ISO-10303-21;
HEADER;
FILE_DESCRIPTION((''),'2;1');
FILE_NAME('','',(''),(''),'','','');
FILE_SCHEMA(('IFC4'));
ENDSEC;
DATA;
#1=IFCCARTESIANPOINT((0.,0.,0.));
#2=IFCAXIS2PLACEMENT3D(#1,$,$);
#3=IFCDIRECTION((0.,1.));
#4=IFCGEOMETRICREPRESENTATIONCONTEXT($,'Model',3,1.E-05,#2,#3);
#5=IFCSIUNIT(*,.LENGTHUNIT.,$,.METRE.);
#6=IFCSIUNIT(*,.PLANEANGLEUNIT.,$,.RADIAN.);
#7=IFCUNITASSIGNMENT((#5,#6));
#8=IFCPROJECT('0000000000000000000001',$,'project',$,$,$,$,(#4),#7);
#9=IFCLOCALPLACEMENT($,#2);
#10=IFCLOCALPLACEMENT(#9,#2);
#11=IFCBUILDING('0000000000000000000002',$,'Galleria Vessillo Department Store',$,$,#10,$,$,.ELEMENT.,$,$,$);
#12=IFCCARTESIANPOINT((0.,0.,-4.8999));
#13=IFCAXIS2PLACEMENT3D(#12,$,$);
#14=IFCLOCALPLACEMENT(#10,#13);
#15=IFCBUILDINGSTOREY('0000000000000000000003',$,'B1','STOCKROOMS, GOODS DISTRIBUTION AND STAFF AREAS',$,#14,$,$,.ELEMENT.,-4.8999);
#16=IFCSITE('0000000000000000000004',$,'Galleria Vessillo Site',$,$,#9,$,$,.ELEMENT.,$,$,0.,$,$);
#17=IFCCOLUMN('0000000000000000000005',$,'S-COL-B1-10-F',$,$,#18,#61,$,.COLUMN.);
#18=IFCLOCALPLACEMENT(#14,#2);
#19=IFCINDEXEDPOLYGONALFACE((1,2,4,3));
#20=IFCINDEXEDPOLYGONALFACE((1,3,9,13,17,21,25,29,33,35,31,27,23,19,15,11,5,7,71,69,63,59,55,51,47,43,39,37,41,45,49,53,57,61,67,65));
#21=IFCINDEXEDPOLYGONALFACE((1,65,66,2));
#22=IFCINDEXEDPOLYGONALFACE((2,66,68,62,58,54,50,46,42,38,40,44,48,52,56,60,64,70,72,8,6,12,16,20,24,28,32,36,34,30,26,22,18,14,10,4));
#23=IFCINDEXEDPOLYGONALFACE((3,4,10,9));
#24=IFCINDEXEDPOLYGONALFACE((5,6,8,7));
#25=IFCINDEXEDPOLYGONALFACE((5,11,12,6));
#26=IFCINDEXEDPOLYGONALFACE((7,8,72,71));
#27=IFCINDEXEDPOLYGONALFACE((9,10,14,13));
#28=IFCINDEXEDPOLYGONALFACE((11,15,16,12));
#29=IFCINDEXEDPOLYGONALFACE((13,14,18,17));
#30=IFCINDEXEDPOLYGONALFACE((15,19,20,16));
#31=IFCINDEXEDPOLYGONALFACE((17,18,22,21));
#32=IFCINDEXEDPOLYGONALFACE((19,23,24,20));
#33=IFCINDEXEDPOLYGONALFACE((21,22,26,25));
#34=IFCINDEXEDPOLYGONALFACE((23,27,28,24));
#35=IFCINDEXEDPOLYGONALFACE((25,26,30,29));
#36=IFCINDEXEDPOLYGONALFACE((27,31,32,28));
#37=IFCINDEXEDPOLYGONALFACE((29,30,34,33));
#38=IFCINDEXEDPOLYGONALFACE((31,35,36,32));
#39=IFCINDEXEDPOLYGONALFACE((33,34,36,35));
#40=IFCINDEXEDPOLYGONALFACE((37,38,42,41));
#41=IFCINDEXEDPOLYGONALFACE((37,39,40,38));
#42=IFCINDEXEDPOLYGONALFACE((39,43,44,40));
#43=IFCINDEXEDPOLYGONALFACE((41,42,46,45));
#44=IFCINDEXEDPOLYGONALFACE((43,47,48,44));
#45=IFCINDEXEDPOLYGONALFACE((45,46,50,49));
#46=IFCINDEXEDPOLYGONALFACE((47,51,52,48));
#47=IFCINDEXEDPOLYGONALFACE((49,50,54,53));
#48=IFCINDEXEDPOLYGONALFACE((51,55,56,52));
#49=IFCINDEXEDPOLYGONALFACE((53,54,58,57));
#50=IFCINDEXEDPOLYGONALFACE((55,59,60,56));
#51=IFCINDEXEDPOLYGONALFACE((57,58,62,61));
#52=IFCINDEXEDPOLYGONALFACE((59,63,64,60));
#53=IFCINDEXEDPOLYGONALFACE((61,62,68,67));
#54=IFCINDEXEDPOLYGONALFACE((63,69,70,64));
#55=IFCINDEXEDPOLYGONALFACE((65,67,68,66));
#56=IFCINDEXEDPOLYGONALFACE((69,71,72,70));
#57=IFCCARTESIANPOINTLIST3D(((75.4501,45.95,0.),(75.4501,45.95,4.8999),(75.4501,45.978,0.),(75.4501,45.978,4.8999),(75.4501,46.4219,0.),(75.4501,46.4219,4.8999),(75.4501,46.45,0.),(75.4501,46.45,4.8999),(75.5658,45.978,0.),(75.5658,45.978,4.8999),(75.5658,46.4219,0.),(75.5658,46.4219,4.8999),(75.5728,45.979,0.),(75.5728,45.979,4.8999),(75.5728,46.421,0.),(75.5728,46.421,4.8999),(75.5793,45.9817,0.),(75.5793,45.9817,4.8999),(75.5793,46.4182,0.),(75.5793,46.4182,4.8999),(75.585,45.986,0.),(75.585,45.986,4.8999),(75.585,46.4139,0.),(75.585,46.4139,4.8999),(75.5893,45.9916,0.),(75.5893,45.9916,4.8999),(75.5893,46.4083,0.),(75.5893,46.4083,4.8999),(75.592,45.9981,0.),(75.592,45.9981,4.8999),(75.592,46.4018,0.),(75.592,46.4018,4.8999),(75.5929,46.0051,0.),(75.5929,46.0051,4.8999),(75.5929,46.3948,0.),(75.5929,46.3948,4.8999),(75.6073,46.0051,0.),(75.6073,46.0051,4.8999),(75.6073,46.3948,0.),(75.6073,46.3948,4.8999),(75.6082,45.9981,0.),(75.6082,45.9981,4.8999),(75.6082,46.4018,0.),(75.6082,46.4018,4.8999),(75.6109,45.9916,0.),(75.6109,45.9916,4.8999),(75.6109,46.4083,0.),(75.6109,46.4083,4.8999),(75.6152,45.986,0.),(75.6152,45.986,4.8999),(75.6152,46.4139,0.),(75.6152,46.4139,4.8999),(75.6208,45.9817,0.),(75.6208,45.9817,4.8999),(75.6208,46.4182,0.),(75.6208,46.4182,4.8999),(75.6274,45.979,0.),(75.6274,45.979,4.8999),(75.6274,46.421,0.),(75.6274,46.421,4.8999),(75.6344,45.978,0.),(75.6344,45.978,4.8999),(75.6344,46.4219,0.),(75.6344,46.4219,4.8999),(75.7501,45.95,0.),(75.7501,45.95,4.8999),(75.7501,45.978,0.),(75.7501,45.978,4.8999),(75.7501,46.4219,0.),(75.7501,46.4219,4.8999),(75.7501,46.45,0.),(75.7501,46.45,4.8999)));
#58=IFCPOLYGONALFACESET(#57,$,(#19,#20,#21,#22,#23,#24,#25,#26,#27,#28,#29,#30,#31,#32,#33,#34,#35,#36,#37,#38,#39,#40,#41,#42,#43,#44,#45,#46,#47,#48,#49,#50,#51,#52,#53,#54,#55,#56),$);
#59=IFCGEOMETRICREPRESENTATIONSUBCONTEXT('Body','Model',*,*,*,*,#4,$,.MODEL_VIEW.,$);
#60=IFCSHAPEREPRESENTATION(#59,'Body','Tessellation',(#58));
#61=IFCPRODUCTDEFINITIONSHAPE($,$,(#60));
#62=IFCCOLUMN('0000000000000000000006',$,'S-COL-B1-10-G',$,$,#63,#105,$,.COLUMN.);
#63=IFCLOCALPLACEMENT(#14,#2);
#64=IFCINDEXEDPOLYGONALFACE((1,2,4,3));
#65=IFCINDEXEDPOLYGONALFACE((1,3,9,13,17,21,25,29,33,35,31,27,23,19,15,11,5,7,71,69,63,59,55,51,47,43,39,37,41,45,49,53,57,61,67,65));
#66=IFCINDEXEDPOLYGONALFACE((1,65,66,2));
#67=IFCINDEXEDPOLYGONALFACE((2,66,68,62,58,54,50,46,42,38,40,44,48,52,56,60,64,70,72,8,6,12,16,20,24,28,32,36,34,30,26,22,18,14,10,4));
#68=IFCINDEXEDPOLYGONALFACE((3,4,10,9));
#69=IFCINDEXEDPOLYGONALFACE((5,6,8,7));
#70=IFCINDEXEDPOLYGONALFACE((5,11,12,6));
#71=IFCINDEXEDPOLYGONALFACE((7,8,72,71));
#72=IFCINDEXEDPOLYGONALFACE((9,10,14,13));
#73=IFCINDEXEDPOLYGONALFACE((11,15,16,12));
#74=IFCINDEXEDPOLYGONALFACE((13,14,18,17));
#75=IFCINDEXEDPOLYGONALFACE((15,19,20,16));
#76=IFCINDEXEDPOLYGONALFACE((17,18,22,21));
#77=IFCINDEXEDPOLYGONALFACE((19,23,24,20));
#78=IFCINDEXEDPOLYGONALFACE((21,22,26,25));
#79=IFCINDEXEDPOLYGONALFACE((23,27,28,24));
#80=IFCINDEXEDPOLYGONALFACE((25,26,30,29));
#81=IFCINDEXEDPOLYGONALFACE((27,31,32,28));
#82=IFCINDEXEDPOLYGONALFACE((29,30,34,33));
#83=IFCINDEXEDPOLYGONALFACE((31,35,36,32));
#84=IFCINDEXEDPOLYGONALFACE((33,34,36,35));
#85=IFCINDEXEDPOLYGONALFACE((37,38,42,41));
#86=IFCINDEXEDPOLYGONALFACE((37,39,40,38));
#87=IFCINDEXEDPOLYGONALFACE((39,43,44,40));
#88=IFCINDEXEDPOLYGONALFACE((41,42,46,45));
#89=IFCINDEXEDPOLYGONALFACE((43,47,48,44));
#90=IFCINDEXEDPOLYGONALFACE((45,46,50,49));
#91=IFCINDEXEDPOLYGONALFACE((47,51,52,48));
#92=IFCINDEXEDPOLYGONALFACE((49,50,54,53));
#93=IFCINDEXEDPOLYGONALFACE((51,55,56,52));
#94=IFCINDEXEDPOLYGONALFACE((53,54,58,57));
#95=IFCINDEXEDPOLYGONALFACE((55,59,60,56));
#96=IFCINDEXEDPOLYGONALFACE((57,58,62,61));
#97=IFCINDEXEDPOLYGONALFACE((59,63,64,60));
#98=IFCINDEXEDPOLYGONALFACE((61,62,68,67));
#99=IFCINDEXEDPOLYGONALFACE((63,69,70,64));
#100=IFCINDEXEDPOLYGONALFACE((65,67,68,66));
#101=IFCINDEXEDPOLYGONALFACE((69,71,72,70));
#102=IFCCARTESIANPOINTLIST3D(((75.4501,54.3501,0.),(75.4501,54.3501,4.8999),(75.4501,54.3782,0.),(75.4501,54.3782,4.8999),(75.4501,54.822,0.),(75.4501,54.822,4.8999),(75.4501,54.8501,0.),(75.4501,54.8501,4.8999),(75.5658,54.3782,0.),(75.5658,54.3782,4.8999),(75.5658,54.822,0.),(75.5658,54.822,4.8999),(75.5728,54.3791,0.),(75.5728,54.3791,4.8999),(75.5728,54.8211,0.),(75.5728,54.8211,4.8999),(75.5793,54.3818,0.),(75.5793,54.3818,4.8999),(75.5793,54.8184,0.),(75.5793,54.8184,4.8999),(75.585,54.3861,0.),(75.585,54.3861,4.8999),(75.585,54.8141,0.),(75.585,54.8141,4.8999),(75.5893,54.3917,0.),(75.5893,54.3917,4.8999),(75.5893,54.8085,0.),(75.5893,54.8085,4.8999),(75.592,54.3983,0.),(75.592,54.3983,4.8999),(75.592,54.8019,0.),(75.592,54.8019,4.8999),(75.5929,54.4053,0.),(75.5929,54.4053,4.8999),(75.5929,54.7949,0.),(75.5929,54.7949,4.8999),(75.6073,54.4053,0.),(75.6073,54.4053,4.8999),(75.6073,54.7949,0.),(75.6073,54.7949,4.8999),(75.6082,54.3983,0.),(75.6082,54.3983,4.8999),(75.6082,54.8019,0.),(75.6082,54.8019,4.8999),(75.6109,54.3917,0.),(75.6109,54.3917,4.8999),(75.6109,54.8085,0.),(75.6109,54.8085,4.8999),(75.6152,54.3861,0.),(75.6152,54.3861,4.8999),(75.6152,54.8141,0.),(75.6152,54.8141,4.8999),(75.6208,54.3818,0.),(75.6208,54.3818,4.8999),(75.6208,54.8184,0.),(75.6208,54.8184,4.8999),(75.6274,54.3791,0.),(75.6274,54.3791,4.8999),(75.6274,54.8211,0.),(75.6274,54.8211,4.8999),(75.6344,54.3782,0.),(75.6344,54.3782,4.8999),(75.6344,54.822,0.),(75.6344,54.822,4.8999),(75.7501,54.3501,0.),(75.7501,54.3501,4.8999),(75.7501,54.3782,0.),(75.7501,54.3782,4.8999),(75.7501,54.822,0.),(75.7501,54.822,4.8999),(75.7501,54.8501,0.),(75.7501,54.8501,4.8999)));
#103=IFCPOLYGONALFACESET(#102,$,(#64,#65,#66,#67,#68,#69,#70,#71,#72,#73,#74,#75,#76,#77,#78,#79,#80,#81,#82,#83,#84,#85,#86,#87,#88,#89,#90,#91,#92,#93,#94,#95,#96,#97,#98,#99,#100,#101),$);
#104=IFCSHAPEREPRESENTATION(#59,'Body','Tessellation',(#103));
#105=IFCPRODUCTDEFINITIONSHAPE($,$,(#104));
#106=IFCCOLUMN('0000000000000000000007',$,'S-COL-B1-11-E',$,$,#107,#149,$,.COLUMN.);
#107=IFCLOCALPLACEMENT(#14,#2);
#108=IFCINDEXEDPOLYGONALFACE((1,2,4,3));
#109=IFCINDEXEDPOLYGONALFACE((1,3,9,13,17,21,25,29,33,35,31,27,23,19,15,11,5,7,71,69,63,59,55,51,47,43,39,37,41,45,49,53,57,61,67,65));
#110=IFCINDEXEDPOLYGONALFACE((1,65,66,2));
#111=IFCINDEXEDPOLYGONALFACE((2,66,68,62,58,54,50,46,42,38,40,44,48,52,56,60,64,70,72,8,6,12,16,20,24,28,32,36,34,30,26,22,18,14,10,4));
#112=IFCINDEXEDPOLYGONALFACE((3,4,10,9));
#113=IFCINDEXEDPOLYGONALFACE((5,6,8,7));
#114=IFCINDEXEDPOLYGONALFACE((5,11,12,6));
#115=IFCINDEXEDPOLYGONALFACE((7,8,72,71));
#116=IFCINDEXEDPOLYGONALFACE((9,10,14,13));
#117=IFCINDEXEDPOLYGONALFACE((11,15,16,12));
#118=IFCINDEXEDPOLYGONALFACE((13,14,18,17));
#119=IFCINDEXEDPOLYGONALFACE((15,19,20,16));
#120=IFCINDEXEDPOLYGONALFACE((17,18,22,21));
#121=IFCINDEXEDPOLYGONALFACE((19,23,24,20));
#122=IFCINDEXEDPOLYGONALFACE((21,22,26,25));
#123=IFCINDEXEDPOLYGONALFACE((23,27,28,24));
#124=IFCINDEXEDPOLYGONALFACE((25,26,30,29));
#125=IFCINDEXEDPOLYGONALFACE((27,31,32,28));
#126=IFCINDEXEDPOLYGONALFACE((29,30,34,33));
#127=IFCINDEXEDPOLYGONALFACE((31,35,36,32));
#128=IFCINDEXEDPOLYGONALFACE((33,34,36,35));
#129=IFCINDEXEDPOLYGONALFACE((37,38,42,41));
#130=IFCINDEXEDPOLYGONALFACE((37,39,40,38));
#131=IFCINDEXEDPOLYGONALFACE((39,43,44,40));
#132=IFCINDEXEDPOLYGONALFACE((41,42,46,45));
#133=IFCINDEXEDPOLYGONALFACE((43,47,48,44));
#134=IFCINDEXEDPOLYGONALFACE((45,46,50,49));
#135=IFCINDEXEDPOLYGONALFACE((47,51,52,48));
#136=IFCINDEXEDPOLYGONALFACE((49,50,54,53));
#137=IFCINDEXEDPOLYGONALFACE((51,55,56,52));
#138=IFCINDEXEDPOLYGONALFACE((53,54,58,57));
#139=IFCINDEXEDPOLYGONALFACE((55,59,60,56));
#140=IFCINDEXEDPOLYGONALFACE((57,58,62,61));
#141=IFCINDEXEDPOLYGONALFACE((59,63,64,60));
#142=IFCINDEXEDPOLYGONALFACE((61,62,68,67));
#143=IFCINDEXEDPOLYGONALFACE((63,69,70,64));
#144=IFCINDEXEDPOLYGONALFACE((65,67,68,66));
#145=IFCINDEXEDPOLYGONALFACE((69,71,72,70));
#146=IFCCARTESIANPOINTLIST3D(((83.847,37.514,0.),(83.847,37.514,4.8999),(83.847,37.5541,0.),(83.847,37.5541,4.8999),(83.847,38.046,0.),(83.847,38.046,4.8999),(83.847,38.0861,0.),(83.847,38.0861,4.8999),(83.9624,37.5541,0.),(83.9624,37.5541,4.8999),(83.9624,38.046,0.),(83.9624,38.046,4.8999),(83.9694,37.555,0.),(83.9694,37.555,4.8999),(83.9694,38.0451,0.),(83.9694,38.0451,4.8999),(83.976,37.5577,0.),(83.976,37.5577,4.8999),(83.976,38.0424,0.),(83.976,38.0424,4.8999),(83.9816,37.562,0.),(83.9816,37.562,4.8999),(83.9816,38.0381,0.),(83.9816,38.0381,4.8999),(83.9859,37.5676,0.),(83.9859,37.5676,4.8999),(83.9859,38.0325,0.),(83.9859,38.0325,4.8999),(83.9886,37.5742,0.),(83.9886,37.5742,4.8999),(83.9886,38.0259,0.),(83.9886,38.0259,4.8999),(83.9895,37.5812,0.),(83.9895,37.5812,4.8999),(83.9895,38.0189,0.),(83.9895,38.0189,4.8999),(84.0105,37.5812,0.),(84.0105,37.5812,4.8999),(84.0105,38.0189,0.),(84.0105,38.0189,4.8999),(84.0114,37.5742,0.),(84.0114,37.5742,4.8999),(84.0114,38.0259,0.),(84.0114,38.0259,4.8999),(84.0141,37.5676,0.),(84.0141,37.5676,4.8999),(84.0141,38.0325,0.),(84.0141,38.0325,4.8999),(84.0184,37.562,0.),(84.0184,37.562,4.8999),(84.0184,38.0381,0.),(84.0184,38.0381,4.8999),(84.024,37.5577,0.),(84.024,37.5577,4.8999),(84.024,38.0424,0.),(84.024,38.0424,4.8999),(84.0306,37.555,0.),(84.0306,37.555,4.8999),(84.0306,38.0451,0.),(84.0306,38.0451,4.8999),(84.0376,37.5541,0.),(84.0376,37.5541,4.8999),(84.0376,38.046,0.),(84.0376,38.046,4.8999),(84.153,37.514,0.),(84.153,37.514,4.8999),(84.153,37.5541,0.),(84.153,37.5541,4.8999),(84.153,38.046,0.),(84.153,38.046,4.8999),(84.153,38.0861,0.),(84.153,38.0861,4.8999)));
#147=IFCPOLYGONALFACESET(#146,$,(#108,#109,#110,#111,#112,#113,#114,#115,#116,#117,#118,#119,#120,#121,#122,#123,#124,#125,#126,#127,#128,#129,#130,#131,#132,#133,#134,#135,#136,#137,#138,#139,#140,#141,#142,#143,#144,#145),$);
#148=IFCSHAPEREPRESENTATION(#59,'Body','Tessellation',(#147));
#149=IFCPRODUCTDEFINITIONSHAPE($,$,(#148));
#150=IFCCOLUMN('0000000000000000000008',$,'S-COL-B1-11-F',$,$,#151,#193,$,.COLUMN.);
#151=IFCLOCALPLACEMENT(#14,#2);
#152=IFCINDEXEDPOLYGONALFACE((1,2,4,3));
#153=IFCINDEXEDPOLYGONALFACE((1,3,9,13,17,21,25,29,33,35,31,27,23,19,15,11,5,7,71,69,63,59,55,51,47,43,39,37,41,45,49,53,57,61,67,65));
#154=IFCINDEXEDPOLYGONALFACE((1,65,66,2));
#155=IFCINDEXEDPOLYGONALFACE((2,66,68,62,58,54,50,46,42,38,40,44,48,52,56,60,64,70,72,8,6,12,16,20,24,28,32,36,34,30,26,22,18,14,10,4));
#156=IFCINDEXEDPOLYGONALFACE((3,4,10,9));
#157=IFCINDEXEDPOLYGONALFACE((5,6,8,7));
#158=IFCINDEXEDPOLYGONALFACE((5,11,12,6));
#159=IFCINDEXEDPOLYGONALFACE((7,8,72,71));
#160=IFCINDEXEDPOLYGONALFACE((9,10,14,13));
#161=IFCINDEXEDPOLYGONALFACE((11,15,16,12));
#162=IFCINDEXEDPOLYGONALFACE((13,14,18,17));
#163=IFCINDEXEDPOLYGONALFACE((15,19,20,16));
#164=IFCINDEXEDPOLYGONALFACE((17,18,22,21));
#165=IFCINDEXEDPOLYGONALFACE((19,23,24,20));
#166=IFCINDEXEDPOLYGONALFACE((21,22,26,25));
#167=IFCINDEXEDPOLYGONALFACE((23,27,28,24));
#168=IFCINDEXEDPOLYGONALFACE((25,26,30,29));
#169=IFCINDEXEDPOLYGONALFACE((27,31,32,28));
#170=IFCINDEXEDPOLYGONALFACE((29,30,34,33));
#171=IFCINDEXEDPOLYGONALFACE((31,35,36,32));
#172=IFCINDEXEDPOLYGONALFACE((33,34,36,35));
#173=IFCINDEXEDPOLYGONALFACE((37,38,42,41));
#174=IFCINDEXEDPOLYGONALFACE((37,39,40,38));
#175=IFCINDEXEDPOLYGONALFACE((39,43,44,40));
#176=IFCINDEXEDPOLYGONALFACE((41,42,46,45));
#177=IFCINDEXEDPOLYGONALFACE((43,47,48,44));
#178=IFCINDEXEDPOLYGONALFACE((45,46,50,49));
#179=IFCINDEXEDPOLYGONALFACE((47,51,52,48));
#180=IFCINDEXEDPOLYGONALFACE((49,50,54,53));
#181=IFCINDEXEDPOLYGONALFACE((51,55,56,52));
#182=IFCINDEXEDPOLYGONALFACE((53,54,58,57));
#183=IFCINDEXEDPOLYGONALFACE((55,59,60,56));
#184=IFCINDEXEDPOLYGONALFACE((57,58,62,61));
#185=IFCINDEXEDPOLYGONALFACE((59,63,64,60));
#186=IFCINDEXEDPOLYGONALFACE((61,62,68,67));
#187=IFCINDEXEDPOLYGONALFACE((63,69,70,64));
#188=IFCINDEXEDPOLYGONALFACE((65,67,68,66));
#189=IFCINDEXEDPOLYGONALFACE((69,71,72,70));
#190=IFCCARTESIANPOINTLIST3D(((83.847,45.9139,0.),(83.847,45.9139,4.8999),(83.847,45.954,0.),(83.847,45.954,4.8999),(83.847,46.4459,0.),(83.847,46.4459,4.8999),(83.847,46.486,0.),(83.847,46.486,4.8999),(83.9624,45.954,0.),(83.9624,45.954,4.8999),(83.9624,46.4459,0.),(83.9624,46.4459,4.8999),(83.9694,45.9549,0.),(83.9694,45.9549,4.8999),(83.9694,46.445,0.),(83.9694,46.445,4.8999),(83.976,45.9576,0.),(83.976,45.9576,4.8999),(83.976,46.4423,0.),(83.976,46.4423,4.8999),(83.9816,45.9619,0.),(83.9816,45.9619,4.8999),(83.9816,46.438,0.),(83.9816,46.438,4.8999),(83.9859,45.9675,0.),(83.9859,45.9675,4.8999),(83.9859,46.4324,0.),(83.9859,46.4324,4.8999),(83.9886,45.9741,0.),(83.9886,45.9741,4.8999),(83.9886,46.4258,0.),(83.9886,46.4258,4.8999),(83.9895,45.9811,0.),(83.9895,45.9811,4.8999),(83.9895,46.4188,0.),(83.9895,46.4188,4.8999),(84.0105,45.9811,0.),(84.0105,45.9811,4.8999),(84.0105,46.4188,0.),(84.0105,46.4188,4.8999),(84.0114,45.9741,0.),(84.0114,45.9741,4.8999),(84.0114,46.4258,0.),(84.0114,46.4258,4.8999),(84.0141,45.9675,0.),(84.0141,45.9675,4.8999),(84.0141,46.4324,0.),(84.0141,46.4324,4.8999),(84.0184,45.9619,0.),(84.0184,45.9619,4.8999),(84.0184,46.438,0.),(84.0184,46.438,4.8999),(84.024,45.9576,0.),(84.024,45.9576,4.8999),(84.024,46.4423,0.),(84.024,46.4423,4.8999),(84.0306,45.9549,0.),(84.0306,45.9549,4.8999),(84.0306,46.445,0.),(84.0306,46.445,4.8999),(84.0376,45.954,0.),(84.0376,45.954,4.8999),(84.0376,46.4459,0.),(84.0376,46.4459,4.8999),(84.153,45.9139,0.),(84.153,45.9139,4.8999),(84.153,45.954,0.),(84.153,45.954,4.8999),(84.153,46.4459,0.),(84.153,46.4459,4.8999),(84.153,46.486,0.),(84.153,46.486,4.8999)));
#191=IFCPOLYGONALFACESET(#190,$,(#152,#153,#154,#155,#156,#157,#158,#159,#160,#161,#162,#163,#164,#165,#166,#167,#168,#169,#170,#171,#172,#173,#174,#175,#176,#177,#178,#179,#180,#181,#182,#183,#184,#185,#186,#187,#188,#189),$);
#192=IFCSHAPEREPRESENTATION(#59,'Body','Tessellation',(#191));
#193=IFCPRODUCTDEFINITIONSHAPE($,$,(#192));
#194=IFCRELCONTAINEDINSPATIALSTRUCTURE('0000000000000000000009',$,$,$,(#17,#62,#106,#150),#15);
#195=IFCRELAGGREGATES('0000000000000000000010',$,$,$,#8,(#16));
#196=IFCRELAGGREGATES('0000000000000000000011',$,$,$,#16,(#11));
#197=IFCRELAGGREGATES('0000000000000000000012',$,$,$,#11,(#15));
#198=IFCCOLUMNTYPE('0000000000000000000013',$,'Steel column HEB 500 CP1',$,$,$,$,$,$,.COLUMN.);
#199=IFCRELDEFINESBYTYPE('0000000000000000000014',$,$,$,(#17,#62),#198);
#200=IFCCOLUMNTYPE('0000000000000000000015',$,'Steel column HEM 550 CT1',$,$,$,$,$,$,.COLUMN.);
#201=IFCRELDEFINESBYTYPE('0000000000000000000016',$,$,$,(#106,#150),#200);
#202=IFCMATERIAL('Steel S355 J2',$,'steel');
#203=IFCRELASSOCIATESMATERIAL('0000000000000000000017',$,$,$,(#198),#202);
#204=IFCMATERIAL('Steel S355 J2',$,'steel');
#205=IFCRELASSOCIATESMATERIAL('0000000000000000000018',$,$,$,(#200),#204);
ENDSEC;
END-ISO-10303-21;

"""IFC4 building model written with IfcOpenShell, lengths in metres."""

from ifc_helpers import new_model, si_unit, direction, frame, origin, origin_2d, place, context, subcontext, project, spatial, i_section, extrude, material, material_profile, profile_set, type_object, element, save


model = new_model("IFC4")

# Units and contexts
model_context = context("Model", 3, precision=1e-05, world=origin(), true_north=direction((0.0, 1.0)))
body_context = subcontext(model_context, "Body", "Model", "MODEL_VIEW")
ifc_project = project(units=[si_unit("LENGTHUNIT", "METRE"), si_unit("PLANEANGLEUNIT", "RADIAN")], contexts=[model_context])

# Site, building, storey
site_placement = place(None, origin())
site = spatial("IfcSite", under=ifc_project, at=site_placement, Name="Galleria Vessillo Site", CompositionType="ELEMENT", RefElevation=0.0)
building_placement = place(site_placement, origin())
building = spatial("IfcBuilding", under=site, at=building_placement, Name="Galleria Vessillo Department Store", CompositionType="ELEMENT")
storey_placement = place(building_placement, frame((0.0, 0.0, -4.8999)))
storey = spatial("IfcBuildingStorey", under=building, at=storey_placement, Name="B1", Description="STOCKROOMS, GOODS DISTRIBUTION AND STAFF AREAS", CompositionType="ELEMENT", Elevation=-4.8999)

# Columns
ifc_material_1 = material(Name="Steel S355 J2", Category="steel")
ifc_material_profile_1 = material_profile(ifc_material_1, i_section(OverallWidth=0.3, OverallDepth=0.5, WebThickness=0.0144, FlangeThickness=0.0281, FilletRadius=0.0271, at=origin_2d()), Name="HEB 500")
ifc_profile_set_1 = profile_set([ifc_material_profile_1], Name="Steel S355 J2")
column_type_1 = type_object("IfcColumnType", Name="Steel column HEB 500 CP1", PredefinedType="COLUMN", material=ifc_profile_set_1)
for number, where, z_axis, x_axis, name in (
    (1, (75.6001, 46.2, 0.0), (0.0, 0.0, 1.0), (1.0, 0.0, 0.0), "S-COL-B1-10-F"),
    (2, (75.6001, 54.6001, 0.0), (0.0, 0.0, 1.0), (1.0, 0.0, 0.0), "S-COL-B1-10-G"),
):
    element("IfcColumn", number, at=place(storey_placement, frame(where, z_axis=z_axis, x_axis=x_axis)), inside=storey, type_object=column_type_1, Name=name, PredefinedType="COLUMN", context=body_context, shape_type="SweptSolid", body=[
        extrude(i_section(OverallWidth=0.3, OverallDepth=0.5, WebThickness=0.0144, FlangeThickness=0.0281, FilletRadius=0.0271, at=origin_2d()), origin(), (0.0, 0.0, 1.0), 4.8999),
    ])
ifc_material_2 = material(Name="Steel S355 J2", Category="steel")
ifc_material_profile_2 = material_profile(ifc_material_2, i_section(OverallWidth=0.3059, OverallDepth=0.572, WebThickness=0.021, FlangeThickness=0.04, FilletRadius=0.0271, at=origin_2d()), Name="HEM 550")
ifc_profile_set_2 = profile_set([ifc_material_profile_2], Name="Steel S355 J2")
column_type_2 = type_object("IfcColumnType", Name="Steel column HEM 550 CT1", PredefinedType="COLUMN", material=ifc_profile_set_2)
for number, where, z_axis, x_axis, name in (
    (3, (84.0, 37.8, 0.0), (0.0, 0.0, 1.0), (1.0, 0.0, 0.0), "S-COL-B1-11-E"),
    (4, (84.0, 46.2, 0.0), (0.0, 0.0, 1.0), (1.0, 0.0, 0.0), "S-COL-B1-11-F"),
):
    element("IfcColumn", number, at=place(storey_placement, frame(where, z_axis=z_axis, x_axis=x_axis)), inside=storey, type_object=column_type_2, Name=name, PredefinedType="COLUMN", context=body_context, shape_type="SweptSolid", body=[
        extrude(i_section(OverallWidth=0.3059, OverallDepth=0.572, WebThickness=0.021, FlangeThickness=0.04, FilletRadius=0.0271, at=origin_2d()), origin(), (0.0, 0.0, 1.0), 4.8999),
    ])

save(model, "model.ifc")
